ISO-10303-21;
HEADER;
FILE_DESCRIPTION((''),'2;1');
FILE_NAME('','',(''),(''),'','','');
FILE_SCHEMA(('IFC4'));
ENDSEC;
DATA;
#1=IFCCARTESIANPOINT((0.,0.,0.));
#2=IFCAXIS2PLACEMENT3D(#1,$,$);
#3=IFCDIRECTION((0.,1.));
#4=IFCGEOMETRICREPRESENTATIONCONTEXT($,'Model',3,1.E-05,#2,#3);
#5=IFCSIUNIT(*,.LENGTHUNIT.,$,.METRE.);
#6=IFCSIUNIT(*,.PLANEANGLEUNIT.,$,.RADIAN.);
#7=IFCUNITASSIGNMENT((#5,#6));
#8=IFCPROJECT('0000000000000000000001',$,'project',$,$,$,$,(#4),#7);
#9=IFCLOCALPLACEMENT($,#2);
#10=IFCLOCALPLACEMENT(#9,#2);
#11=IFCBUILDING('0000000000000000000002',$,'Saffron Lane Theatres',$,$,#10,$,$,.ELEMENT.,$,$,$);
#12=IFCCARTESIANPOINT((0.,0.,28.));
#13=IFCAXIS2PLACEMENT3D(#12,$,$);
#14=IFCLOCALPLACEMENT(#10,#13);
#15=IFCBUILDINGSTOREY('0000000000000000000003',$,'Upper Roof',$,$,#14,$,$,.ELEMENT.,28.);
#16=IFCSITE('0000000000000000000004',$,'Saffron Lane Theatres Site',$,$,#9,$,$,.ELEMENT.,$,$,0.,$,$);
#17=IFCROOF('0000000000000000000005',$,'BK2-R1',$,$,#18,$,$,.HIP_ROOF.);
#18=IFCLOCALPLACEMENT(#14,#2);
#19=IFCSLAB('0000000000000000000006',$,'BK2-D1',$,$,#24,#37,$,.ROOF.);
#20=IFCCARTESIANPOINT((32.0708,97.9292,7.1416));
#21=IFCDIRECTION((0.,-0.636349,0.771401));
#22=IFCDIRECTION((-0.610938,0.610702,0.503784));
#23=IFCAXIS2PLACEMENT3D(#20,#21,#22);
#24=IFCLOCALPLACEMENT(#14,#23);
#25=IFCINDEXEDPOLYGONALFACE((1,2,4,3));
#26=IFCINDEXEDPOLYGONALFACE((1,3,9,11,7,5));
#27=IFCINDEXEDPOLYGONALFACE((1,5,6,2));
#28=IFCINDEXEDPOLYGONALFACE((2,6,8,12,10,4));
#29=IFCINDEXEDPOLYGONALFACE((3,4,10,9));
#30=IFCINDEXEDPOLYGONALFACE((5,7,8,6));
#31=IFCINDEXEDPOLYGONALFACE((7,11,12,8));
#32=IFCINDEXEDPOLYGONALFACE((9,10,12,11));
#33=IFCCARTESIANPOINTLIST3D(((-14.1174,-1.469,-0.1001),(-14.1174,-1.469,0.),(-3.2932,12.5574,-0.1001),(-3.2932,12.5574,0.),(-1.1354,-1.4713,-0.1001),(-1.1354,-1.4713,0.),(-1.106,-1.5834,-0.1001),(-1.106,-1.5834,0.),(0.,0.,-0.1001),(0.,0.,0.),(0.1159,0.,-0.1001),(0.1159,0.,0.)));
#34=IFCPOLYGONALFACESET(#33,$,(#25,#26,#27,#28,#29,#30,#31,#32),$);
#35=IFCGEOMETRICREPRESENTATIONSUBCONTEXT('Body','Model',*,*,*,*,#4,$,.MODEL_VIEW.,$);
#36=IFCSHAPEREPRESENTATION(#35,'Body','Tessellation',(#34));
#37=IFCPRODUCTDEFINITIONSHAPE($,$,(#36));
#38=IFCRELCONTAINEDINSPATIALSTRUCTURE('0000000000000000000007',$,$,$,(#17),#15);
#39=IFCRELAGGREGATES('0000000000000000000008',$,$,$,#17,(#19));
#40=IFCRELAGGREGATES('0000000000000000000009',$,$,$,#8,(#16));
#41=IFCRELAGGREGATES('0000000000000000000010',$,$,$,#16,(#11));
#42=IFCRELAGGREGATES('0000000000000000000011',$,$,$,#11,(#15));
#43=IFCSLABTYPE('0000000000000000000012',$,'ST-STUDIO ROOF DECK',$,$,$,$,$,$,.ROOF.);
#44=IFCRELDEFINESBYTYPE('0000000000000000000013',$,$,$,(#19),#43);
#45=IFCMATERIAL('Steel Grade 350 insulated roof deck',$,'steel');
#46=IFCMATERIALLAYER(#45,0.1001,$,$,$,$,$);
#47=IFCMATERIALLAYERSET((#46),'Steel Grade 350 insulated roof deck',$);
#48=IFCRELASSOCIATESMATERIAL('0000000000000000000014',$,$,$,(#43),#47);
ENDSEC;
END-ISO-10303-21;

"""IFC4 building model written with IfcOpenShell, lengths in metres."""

from ifc_helpers import new_model, si_unit, direction, frame, origin, place, context, subcontext, project, spatial, polyline, outline, extrude, material, layer, layer_set, type_object, element, aggregate, save


model = new_model("IFC4")

# Units and contexts
model_context = context("Model", 3, precision=1e-05, world=origin(), true_north=direction((0.0, 1.0)))
body_context = subcontext(model_context, "Body", "Model", "MODEL_VIEW")
ifc_project = project(units=[si_unit("LENGTHUNIT", "METRE"), si_unit("PLANEANGLEUNIT", "RADIAN")], contexts=[model_context])

# Site, building, storey
site_placement = place(None, origin())
site = spatial("IfcSite", under=ifc_project, at=site_placement, Name="Saffron Lane Theatres Site", CompositionType="ELEMENT", RefElevation=0.0)
building_placement = place(site_placement, origin())
building = spatial("IfcBuilding", under=site, at=building_placement, Name="Saffron Lane Theatres", CompositionType="ELEMENT")
storey_placement = place(building_placement, frame((0.0, 0.0, 28.0)))
storey = spatial("IfcBuildingStorey", under=building, at=storey_placement, Name="Upper Roof", CompositionType="ELEMENT", Elevation=28.0)

# Roof, slab
roof_placement = place(storey_placement, origin())
roof = element("IfcRoof", 1, at=roof_placement, inside=storey, Name="BK2-R1", PredefinedType="HIP_ROOF")
ifc_material_1 = material(Name="Steel Grade 350 insulated roof deck", Category="steel")
ifc_layer = layer(ifc_material_1, 0.1001)
ifc_layer_set = layer_set([ifc_layer], Name="Steel Grade 350 insulated roof deck")
slab_type = type_object("IfcSlabType", Name="ST-STUDIO ROOF DECK", PredefinedType="ROOF", material=ifc_layer_set)
slab_placement = place(storey_placement, frame((32.0708, 97.9292, 7.1416), z_axis=(0.0, -0.636349, 0.771401), x_axis=(-0.610938, 0.610702, 0.503784)))
slab = element("IfcSlab", 2, at=slab_placement, type_object=slab_type, Name="BK2-D1", PredefinedType="ROOF", context=body_context, shape_type="SweptSolid", body=[
    extrude(outline(polyline([(0.0, 0.0), (0.1159, 0.0), (-1.106, -1.5834), (-1.1354, -1.4713), (-14.1174, -1.469), (-3.2932, 12.5574), (0.0, 0.0)])), origin(), (0.0, 0.0, -1.0), 0.1001),
])
aggregate(roof, [slab])

save(model, "model.ifc")
